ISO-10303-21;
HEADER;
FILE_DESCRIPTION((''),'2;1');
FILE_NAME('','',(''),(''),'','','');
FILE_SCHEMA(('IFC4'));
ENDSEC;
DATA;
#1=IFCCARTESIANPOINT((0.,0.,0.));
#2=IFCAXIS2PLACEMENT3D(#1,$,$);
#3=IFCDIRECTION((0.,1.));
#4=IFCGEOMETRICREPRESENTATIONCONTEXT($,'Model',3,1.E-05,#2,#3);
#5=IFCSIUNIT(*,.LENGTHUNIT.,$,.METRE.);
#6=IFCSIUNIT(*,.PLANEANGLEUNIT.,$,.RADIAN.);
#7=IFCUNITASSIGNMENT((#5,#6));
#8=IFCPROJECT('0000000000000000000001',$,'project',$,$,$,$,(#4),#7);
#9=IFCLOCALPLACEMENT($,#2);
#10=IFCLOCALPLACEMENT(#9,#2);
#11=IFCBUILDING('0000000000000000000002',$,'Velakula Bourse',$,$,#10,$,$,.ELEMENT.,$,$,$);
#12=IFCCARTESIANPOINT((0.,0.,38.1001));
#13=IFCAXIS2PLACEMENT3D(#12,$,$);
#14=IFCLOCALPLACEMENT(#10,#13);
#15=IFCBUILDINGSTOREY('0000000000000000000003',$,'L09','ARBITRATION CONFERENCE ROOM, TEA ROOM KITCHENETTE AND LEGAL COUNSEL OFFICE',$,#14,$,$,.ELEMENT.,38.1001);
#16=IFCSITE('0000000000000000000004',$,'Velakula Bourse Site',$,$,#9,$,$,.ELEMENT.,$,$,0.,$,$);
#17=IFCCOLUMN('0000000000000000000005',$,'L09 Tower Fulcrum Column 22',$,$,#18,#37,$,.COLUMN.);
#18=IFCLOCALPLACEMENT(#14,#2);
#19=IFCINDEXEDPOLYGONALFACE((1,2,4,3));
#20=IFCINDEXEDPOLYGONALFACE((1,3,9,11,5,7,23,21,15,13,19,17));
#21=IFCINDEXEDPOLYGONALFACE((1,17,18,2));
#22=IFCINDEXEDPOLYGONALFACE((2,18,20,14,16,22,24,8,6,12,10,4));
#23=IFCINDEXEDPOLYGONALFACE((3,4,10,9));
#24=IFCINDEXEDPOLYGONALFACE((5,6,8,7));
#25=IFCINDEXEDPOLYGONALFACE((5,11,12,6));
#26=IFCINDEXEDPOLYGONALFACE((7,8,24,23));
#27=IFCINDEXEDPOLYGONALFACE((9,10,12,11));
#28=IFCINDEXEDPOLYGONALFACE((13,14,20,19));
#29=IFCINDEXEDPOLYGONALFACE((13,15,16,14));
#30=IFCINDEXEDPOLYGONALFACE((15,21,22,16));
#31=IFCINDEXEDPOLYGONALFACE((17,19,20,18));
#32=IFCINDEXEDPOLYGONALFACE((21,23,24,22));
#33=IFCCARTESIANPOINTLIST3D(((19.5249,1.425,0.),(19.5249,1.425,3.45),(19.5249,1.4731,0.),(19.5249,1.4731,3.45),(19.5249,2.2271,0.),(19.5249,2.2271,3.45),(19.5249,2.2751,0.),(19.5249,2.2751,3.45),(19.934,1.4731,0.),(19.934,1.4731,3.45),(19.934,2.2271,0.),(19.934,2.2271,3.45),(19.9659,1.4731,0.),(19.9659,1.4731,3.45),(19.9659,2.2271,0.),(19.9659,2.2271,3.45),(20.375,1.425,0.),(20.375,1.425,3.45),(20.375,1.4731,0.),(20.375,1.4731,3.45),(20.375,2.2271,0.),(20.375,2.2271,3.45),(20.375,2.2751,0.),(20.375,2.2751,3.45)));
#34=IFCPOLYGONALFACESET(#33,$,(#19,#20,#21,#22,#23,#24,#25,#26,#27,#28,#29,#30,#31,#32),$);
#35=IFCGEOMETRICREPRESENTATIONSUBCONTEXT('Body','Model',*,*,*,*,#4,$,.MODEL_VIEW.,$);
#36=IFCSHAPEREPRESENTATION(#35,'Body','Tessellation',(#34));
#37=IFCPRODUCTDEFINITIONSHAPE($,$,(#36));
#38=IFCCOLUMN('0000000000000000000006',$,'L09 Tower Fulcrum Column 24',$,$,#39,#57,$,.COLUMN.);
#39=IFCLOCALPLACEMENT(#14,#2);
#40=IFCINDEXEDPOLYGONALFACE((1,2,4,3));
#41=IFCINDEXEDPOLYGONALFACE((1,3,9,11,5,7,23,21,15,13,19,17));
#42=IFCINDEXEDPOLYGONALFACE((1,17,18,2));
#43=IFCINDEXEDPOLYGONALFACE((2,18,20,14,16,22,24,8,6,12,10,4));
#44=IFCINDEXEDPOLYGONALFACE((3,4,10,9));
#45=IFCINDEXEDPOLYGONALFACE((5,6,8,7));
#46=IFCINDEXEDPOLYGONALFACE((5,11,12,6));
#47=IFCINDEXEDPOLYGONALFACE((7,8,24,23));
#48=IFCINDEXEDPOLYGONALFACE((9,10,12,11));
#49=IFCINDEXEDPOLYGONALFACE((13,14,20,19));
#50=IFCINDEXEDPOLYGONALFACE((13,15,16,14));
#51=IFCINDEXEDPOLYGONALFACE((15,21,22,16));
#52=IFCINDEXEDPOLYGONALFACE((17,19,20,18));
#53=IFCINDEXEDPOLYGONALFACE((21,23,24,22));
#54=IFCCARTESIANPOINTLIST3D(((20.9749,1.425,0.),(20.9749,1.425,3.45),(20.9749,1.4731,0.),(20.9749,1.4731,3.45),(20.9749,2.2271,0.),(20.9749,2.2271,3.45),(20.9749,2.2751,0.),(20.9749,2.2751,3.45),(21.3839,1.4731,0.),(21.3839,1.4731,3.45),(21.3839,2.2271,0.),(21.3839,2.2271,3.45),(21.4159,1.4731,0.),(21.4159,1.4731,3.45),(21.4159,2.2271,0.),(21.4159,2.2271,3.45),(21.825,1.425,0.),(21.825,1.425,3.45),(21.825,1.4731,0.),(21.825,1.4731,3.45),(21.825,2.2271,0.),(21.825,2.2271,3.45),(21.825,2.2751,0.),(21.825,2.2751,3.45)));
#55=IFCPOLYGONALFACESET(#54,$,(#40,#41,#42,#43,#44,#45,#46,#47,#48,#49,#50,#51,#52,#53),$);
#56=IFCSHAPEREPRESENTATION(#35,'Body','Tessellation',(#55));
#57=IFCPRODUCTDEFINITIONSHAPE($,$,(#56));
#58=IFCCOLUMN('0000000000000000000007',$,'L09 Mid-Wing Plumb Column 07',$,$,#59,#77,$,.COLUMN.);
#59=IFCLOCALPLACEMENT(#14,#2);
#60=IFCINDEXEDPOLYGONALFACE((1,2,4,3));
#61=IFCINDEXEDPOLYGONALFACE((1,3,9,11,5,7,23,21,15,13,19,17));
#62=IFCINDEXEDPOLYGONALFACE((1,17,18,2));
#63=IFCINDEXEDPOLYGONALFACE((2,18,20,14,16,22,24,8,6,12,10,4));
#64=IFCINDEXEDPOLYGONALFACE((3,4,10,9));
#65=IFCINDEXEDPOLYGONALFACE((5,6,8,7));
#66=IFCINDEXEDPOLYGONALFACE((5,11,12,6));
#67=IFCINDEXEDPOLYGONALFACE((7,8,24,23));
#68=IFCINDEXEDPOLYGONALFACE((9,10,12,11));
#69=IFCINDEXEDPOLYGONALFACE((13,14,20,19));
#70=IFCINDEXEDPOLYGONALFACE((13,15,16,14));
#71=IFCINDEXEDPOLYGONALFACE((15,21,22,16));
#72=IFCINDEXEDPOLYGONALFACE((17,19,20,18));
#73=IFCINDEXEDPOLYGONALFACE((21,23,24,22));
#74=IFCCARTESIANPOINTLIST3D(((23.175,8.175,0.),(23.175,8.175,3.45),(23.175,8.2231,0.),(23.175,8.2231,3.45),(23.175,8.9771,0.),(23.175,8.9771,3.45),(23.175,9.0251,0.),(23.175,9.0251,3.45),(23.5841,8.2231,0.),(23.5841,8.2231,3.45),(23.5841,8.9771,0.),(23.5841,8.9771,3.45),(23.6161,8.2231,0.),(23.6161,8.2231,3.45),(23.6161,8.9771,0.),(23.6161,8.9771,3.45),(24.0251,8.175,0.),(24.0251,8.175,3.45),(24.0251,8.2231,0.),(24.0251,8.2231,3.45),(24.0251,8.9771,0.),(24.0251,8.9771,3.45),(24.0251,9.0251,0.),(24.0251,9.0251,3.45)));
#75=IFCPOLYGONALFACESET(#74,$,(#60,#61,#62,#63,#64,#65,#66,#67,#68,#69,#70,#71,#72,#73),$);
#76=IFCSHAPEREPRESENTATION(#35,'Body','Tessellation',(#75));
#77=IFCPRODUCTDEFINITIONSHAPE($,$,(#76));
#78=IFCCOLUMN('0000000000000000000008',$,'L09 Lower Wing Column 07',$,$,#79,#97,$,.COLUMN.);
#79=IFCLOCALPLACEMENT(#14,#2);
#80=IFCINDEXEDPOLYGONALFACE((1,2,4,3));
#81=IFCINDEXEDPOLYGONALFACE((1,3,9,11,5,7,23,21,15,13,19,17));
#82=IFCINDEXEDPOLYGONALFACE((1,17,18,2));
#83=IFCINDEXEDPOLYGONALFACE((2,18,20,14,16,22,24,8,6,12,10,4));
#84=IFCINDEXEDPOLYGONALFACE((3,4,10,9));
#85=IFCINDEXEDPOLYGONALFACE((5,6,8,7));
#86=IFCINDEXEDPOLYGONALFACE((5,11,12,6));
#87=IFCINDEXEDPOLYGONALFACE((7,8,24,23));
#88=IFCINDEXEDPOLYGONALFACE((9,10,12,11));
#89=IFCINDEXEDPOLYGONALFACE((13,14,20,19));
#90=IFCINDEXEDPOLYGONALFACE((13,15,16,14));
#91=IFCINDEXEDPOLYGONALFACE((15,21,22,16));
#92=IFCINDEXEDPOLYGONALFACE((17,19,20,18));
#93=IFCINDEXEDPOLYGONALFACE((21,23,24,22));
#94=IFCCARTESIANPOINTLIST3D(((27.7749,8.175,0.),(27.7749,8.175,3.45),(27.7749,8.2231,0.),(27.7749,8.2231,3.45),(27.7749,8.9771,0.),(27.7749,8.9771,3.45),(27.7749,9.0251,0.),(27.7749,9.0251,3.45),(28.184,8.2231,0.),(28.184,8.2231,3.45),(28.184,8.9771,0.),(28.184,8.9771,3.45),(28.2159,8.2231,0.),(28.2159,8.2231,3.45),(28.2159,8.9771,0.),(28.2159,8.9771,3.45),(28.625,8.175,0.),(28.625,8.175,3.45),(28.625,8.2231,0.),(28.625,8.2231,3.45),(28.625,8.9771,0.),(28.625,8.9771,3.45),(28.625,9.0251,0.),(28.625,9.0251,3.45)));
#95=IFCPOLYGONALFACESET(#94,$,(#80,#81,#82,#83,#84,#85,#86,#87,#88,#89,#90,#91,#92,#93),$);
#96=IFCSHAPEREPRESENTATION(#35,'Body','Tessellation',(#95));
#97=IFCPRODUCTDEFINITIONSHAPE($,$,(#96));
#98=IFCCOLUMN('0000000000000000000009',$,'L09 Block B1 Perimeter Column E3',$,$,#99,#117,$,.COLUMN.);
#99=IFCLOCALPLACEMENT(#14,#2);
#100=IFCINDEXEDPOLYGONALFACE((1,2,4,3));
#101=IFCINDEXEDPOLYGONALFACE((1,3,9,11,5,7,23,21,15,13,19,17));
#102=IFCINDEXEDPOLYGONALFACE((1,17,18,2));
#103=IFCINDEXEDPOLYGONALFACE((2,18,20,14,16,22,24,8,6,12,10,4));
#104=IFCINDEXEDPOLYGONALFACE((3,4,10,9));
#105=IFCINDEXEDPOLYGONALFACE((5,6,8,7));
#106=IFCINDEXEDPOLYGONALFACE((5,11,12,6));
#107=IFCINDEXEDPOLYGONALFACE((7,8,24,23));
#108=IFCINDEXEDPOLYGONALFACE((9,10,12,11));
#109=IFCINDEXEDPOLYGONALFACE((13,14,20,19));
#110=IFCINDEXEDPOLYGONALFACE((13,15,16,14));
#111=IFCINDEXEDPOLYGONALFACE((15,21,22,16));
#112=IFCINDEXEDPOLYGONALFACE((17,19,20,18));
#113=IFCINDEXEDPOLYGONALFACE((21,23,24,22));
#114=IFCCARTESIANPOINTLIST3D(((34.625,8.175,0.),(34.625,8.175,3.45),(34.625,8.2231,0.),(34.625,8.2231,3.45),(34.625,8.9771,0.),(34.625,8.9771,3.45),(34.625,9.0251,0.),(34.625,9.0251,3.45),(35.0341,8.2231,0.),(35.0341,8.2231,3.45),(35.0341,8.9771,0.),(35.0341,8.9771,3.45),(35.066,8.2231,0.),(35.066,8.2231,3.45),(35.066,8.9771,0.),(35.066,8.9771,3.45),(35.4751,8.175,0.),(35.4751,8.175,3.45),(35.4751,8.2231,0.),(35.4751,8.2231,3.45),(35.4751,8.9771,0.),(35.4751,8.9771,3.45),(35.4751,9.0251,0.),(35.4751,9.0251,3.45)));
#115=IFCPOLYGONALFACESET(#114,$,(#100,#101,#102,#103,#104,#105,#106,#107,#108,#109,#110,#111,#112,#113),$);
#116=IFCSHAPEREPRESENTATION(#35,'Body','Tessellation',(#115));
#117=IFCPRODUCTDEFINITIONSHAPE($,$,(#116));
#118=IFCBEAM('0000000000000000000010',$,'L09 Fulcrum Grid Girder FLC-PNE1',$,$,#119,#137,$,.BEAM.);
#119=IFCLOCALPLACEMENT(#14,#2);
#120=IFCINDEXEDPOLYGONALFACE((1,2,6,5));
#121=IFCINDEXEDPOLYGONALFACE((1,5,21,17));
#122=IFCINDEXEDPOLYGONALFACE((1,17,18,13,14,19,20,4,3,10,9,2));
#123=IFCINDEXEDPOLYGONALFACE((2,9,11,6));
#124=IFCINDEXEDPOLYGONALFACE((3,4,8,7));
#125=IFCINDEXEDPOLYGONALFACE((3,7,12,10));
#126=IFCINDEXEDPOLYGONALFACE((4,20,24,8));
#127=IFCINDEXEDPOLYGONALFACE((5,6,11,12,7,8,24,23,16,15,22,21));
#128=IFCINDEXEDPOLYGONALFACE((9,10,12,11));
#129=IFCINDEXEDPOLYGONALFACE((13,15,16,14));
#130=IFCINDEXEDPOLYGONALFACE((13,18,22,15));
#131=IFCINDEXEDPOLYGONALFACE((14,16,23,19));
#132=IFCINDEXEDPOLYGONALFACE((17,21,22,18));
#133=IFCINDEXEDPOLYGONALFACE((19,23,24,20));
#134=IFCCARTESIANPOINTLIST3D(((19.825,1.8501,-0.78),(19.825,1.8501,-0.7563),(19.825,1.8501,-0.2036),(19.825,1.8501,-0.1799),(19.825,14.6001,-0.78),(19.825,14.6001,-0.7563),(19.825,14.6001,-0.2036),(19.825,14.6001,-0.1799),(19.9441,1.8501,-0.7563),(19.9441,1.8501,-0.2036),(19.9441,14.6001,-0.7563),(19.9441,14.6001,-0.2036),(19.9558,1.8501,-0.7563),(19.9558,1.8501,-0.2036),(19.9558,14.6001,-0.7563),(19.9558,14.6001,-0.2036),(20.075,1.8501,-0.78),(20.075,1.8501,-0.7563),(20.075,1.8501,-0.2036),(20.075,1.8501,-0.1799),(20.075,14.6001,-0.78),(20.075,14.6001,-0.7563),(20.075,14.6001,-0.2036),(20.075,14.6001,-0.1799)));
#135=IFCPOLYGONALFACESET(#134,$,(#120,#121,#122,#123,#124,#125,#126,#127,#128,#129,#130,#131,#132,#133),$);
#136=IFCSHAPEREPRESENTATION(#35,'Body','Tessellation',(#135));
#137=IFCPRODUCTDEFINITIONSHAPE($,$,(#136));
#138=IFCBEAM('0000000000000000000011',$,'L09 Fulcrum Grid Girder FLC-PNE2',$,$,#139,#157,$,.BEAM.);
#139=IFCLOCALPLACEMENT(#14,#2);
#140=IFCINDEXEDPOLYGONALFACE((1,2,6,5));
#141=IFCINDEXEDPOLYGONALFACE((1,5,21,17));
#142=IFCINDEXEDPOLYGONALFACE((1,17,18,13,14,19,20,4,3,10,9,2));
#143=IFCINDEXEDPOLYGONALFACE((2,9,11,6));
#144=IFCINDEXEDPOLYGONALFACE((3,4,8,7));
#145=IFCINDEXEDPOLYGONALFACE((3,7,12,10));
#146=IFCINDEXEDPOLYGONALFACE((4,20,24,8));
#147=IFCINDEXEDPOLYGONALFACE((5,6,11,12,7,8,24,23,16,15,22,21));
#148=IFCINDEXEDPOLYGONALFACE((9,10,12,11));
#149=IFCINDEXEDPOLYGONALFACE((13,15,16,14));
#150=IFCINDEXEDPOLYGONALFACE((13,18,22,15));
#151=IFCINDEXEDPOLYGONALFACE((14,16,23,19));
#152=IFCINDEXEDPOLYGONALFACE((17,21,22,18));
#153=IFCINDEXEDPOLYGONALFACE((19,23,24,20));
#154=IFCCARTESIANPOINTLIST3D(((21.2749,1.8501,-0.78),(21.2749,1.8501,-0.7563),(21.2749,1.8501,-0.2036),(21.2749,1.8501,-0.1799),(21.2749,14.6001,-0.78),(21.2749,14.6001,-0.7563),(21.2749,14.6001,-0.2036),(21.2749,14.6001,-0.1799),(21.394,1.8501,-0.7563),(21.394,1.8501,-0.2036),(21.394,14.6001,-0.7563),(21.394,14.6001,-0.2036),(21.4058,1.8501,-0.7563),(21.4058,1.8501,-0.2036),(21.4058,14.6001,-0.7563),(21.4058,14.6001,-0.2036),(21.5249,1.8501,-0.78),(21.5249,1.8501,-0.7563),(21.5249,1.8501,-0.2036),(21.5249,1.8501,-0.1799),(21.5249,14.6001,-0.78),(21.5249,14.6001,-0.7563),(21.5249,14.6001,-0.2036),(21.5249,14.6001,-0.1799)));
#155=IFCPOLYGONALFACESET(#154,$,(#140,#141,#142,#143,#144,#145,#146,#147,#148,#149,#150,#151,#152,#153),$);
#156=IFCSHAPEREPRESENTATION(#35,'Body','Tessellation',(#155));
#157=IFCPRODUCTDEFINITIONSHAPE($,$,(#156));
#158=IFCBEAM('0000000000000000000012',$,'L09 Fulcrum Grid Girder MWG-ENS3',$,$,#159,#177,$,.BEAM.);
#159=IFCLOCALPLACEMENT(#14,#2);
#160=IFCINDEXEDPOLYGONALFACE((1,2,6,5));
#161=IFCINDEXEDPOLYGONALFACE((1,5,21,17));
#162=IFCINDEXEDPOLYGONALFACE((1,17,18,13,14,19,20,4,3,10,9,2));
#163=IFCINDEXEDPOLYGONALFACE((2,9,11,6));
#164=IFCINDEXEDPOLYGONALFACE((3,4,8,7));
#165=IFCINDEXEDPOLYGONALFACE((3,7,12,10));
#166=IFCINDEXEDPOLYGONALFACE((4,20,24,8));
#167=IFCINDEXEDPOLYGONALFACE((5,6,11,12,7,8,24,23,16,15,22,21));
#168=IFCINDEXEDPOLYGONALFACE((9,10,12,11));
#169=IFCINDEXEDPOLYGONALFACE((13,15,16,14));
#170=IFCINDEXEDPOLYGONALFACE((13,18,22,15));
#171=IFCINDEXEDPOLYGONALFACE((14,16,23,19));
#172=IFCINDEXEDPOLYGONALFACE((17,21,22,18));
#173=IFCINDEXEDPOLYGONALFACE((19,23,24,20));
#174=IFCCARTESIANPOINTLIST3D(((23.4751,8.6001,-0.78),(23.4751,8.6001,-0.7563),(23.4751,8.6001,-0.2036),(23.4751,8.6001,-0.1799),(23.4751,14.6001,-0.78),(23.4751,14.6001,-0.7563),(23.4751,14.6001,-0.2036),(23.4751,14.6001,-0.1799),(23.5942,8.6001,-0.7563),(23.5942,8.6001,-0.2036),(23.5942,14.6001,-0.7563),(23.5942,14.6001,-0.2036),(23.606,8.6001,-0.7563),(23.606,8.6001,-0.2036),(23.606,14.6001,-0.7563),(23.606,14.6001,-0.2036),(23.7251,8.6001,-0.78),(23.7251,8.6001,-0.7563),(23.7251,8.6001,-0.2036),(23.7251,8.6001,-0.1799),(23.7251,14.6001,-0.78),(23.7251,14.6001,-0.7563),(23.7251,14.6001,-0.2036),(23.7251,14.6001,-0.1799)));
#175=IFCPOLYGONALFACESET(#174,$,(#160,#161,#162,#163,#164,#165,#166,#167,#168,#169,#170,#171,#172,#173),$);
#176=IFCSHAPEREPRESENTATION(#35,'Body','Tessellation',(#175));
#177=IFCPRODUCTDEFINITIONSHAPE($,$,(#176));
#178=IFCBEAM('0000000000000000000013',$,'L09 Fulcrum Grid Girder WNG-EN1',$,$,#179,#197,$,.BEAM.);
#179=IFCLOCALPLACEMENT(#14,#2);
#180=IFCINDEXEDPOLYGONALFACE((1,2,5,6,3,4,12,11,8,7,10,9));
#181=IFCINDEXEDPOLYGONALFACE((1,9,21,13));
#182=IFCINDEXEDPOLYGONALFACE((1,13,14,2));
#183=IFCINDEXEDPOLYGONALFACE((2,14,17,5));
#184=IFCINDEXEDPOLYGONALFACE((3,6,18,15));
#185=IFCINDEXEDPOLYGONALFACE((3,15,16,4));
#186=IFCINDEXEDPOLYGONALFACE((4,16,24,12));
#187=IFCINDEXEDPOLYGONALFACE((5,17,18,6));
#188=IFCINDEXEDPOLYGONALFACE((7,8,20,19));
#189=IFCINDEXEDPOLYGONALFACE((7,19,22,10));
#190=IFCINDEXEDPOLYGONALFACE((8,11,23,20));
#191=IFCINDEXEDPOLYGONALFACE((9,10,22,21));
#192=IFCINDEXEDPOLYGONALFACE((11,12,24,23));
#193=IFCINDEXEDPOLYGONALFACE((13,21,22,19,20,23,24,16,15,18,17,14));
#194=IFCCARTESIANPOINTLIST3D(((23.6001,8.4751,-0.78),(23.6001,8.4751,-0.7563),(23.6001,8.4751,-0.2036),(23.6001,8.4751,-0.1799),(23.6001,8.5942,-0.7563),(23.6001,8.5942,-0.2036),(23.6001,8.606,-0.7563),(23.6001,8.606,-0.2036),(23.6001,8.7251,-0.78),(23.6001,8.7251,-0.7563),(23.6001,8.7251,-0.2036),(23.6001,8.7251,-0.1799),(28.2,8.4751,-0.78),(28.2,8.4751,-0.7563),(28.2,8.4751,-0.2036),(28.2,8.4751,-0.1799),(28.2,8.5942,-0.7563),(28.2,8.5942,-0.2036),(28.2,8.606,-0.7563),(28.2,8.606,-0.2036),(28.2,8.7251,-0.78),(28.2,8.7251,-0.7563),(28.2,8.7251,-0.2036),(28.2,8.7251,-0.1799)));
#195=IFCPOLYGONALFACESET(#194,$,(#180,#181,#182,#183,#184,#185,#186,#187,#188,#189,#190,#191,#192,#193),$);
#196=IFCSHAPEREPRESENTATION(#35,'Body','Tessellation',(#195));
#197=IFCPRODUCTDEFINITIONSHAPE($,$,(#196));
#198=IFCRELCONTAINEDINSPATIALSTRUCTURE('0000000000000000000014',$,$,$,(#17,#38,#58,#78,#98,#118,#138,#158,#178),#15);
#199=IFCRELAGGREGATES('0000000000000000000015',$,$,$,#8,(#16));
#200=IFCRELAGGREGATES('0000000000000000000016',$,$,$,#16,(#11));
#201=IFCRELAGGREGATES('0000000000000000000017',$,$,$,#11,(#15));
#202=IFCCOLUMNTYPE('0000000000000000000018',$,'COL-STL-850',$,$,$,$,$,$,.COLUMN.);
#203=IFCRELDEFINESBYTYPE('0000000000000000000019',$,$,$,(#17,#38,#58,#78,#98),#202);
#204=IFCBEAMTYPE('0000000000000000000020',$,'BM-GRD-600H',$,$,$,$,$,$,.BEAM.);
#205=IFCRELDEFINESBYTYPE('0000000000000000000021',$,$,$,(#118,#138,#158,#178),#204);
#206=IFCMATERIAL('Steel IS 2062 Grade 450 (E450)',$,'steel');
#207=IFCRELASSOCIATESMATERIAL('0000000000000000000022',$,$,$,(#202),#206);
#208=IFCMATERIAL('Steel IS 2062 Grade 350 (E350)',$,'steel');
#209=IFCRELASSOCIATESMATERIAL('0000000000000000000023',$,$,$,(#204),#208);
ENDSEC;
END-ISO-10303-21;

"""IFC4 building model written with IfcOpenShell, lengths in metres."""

from ifc_helpers import new_model, si_unit, direction, frame, origin, origin_2d, place, context, subcontext, project, spatial, i_section, extrude, material, material_profile, profile_set, type_object, element, save


model = new_model("IFC4")

# Units and contexts
model_context = context("Model", 3, precision=1e-05, world=origin(), true_north=direction((0.0, 1.0)))
body_context = subcontext(model_context, "Body", "Model", "MODEL_VIEW")
ifc_project = project(units=[si_unit("LENGTHUNIT", "METRE"), si_unit("PLANEANGLEUNIT", "RADIAN")], contexts=[model_context])

# Site, building, storey
site_placement = place(None, origin())
site = spatial("IfcSite", under=ifc_project, at=site_placement, Name="Velakula Bourse Site", CompositionType="ELEMENT", RefElevation=0.0)
building_placement = place(site_placement, origin())
building = spatial("IfcBuilding", under=site, at=building_placement, Name="Velakula Bourse", CompositionType="ELEMENT")
storey_placement = place(building_placement, frame((0.0, 0.0, 38.1001)))
storey = spatial("IfcBuildingStorey", under=building, at=storey_placement, Name="L09", Description="ARBITRATION CONFERENCE ROOM, TEA ROOM KITCHENETTE AND LEGAL COUNSEL OFFICE", CompositionType="ELEMENT", Elevation=38.1001)

# Columns
ifc_material_1 = material(Name="Steel IS 2062 Grade 450 (E450)", Category="steel")
ifc_material_profile_1 = material_profile(ifc_material_1, i_section(OverallWidth=0.8501, OverallDepth=0.8501, WebThickness=0.032, FlangeThickness=0.0481, at=origin_2d()), Name="Steel IS 2062 Grade 450 (E450)")
ifc_profile_set_1 = profile_set([ifc_material_profile_1], Name="Steel IS 2062 Grade 450 (E450)")
column_type = type_object("IfcColumnType", Name="COL-STL-850", PredefinedType="COLUMN", material=ifc_profile_set_1)
for number, where, z_axis, x_axis, name in (
    (1, (19.95, 1.8501, 0.0), (0.0, 0.0, 1.0), (1.0, 0.0, 0.0), "L09 Tower Fulcrum Column 22"),
    (2, (21.3999, 1.8501, 0.0), (0.0, 0.0, 1.0), (1.0, 0.0, 0.0), "L09 Tower Fulcrum Column 24"),
    (3, (23.6001, 8.6001, 0.0), (0.0, 0.0, 1.0), (1.0, 0.0, 0.0), "L09 Mid-Wing Plumb Column 07"),
    (4, (28.2, 8.6001, 0.0), (0.0, 0.0, 1.0), (1.0, 0.0, 0.0), "L09 Lower Wing Column 07"),
    (5, (35.05, 8.6001, 0.0), (0.0, 0.0, 1.0), (1.0, 0.0, 0.0), "L09 Block B1 Perimeter Column E3"),
):
    element("IfcColumn", number, at=place(storey_placement, frame(where, z_axis=z_axis, x_axis=x_axis)), inside=storey, type_object=column_type, Name=name, PredefinedType="COLUMN", context=body_context, shape_type="SweptSolid", body=[
        extrude(i_section(OverallWidth=0.8501, OverallDepth=0.8501, WebThickness=0.032, FlangeThickness=0.0481, at=origin_2d()), origin(), (0.0, 0.0, 1.0), 3.45),
    ])

# Beams
ifc_material_2 = material(Name="Steel IS 2062 Grade 350 (E350)", Category="steel")
ifc_material_profile_2 = material_profile(ifc_material_2, i_section(OverallWidth=0.25, OverallDepth=0.6001, WebThickness=0.0117, FlangeThickness=0.0237, at=origin_2d()), Name="Steel IS 2062 Grade 350 (E350)")
ifc_profile_set_2 = profile_set([ifc_material_profile_2], Name="Steel IS 2062 Grade 350 (E350)")
beam_type_1 = type_object("IfcBeamType", Name="BM-GRD-600H", PredefinedType="BEAM", material=ifc_profile_set_2)
for number, where, z_axis, x_axis, name in (
    (6, (19.95, 1.8501, -0.48), (0.0, 1.0, 0.0), (-1.0, 0.0, 0.0), "L09 Fulcrum Grid Girder FLC-PNE1"),
    (7, (21.3999, 1.8501, -0.48), (0.0, 1.0, 0.0), (-1.0, 0.0, 0.0), "L09 Fulcrum Grid Girder FLC-PNE2"),
):
    element("IfcBeam", number, at=place(storey_placement, frame(where, z_axis=z_axis, x_axis=x_axis)), inside=storey, type_object=beam_type_1, Name=name, PredefinedType="BEAM", context=body_context, shape_type="SweptSolid", body=[
        extrude(i_section(OverallWidth=0.25, OverallDepth=0.6001, WebThickness=0.0117, FlangeThickness=0.0237, at=origin_2d()), origin(), (0.0, 0.0, 1.0), 12.75),
    ])
beam_1_placement = place(storey_placement, frame((23.6001, 8.6001, -0.48), z_axis=(0.0, 1.0, 0.0), x_axis=(-1.0, 0.0, 0.0)))
element("IfcBeam", 8, at=beam_1_placement, inside=storey, type_object=beam_type_1, Name="L09 Fulcrum Grid Girder MWG-ENS3", PredefinedType="BEAM", context=body_context, shape_type="SweptSolid", body=[
    extrude(i_section(OverallWidth=0.25, OverallDepth=0.6001, WebThickness=0.0117, FlangeThickness=0.0237, at=origin_2d()), origin(), (0.0, 0.0, 1.0), 6.0),
])
beam_2_placement = place(storey_placement, frame((23.6001, 8.6001, -0.48), z_axis=(1.0, 0.0, 0.0), x_axis=(0.0, 1.0, 0.0)))
element("IfcBeam", 9, at=beam_2_placement, inside=storey, type_object=beam_type_1, Name="L09 Fulcrum Grid Girder WNG-EN1", PredefinedType="BEAM", context=body_context, shape_type="SweptSolid", body=[
    extrude(i_section(OverallWidth=0.25, OverallDepth=0.6001, WebThickness=0.0117, FlangeThickness=0.0237, at=origin_2d()), origin(), (0.0, 0.0, 1.0), 4.5999),
])

save(model, "model.ifc")
